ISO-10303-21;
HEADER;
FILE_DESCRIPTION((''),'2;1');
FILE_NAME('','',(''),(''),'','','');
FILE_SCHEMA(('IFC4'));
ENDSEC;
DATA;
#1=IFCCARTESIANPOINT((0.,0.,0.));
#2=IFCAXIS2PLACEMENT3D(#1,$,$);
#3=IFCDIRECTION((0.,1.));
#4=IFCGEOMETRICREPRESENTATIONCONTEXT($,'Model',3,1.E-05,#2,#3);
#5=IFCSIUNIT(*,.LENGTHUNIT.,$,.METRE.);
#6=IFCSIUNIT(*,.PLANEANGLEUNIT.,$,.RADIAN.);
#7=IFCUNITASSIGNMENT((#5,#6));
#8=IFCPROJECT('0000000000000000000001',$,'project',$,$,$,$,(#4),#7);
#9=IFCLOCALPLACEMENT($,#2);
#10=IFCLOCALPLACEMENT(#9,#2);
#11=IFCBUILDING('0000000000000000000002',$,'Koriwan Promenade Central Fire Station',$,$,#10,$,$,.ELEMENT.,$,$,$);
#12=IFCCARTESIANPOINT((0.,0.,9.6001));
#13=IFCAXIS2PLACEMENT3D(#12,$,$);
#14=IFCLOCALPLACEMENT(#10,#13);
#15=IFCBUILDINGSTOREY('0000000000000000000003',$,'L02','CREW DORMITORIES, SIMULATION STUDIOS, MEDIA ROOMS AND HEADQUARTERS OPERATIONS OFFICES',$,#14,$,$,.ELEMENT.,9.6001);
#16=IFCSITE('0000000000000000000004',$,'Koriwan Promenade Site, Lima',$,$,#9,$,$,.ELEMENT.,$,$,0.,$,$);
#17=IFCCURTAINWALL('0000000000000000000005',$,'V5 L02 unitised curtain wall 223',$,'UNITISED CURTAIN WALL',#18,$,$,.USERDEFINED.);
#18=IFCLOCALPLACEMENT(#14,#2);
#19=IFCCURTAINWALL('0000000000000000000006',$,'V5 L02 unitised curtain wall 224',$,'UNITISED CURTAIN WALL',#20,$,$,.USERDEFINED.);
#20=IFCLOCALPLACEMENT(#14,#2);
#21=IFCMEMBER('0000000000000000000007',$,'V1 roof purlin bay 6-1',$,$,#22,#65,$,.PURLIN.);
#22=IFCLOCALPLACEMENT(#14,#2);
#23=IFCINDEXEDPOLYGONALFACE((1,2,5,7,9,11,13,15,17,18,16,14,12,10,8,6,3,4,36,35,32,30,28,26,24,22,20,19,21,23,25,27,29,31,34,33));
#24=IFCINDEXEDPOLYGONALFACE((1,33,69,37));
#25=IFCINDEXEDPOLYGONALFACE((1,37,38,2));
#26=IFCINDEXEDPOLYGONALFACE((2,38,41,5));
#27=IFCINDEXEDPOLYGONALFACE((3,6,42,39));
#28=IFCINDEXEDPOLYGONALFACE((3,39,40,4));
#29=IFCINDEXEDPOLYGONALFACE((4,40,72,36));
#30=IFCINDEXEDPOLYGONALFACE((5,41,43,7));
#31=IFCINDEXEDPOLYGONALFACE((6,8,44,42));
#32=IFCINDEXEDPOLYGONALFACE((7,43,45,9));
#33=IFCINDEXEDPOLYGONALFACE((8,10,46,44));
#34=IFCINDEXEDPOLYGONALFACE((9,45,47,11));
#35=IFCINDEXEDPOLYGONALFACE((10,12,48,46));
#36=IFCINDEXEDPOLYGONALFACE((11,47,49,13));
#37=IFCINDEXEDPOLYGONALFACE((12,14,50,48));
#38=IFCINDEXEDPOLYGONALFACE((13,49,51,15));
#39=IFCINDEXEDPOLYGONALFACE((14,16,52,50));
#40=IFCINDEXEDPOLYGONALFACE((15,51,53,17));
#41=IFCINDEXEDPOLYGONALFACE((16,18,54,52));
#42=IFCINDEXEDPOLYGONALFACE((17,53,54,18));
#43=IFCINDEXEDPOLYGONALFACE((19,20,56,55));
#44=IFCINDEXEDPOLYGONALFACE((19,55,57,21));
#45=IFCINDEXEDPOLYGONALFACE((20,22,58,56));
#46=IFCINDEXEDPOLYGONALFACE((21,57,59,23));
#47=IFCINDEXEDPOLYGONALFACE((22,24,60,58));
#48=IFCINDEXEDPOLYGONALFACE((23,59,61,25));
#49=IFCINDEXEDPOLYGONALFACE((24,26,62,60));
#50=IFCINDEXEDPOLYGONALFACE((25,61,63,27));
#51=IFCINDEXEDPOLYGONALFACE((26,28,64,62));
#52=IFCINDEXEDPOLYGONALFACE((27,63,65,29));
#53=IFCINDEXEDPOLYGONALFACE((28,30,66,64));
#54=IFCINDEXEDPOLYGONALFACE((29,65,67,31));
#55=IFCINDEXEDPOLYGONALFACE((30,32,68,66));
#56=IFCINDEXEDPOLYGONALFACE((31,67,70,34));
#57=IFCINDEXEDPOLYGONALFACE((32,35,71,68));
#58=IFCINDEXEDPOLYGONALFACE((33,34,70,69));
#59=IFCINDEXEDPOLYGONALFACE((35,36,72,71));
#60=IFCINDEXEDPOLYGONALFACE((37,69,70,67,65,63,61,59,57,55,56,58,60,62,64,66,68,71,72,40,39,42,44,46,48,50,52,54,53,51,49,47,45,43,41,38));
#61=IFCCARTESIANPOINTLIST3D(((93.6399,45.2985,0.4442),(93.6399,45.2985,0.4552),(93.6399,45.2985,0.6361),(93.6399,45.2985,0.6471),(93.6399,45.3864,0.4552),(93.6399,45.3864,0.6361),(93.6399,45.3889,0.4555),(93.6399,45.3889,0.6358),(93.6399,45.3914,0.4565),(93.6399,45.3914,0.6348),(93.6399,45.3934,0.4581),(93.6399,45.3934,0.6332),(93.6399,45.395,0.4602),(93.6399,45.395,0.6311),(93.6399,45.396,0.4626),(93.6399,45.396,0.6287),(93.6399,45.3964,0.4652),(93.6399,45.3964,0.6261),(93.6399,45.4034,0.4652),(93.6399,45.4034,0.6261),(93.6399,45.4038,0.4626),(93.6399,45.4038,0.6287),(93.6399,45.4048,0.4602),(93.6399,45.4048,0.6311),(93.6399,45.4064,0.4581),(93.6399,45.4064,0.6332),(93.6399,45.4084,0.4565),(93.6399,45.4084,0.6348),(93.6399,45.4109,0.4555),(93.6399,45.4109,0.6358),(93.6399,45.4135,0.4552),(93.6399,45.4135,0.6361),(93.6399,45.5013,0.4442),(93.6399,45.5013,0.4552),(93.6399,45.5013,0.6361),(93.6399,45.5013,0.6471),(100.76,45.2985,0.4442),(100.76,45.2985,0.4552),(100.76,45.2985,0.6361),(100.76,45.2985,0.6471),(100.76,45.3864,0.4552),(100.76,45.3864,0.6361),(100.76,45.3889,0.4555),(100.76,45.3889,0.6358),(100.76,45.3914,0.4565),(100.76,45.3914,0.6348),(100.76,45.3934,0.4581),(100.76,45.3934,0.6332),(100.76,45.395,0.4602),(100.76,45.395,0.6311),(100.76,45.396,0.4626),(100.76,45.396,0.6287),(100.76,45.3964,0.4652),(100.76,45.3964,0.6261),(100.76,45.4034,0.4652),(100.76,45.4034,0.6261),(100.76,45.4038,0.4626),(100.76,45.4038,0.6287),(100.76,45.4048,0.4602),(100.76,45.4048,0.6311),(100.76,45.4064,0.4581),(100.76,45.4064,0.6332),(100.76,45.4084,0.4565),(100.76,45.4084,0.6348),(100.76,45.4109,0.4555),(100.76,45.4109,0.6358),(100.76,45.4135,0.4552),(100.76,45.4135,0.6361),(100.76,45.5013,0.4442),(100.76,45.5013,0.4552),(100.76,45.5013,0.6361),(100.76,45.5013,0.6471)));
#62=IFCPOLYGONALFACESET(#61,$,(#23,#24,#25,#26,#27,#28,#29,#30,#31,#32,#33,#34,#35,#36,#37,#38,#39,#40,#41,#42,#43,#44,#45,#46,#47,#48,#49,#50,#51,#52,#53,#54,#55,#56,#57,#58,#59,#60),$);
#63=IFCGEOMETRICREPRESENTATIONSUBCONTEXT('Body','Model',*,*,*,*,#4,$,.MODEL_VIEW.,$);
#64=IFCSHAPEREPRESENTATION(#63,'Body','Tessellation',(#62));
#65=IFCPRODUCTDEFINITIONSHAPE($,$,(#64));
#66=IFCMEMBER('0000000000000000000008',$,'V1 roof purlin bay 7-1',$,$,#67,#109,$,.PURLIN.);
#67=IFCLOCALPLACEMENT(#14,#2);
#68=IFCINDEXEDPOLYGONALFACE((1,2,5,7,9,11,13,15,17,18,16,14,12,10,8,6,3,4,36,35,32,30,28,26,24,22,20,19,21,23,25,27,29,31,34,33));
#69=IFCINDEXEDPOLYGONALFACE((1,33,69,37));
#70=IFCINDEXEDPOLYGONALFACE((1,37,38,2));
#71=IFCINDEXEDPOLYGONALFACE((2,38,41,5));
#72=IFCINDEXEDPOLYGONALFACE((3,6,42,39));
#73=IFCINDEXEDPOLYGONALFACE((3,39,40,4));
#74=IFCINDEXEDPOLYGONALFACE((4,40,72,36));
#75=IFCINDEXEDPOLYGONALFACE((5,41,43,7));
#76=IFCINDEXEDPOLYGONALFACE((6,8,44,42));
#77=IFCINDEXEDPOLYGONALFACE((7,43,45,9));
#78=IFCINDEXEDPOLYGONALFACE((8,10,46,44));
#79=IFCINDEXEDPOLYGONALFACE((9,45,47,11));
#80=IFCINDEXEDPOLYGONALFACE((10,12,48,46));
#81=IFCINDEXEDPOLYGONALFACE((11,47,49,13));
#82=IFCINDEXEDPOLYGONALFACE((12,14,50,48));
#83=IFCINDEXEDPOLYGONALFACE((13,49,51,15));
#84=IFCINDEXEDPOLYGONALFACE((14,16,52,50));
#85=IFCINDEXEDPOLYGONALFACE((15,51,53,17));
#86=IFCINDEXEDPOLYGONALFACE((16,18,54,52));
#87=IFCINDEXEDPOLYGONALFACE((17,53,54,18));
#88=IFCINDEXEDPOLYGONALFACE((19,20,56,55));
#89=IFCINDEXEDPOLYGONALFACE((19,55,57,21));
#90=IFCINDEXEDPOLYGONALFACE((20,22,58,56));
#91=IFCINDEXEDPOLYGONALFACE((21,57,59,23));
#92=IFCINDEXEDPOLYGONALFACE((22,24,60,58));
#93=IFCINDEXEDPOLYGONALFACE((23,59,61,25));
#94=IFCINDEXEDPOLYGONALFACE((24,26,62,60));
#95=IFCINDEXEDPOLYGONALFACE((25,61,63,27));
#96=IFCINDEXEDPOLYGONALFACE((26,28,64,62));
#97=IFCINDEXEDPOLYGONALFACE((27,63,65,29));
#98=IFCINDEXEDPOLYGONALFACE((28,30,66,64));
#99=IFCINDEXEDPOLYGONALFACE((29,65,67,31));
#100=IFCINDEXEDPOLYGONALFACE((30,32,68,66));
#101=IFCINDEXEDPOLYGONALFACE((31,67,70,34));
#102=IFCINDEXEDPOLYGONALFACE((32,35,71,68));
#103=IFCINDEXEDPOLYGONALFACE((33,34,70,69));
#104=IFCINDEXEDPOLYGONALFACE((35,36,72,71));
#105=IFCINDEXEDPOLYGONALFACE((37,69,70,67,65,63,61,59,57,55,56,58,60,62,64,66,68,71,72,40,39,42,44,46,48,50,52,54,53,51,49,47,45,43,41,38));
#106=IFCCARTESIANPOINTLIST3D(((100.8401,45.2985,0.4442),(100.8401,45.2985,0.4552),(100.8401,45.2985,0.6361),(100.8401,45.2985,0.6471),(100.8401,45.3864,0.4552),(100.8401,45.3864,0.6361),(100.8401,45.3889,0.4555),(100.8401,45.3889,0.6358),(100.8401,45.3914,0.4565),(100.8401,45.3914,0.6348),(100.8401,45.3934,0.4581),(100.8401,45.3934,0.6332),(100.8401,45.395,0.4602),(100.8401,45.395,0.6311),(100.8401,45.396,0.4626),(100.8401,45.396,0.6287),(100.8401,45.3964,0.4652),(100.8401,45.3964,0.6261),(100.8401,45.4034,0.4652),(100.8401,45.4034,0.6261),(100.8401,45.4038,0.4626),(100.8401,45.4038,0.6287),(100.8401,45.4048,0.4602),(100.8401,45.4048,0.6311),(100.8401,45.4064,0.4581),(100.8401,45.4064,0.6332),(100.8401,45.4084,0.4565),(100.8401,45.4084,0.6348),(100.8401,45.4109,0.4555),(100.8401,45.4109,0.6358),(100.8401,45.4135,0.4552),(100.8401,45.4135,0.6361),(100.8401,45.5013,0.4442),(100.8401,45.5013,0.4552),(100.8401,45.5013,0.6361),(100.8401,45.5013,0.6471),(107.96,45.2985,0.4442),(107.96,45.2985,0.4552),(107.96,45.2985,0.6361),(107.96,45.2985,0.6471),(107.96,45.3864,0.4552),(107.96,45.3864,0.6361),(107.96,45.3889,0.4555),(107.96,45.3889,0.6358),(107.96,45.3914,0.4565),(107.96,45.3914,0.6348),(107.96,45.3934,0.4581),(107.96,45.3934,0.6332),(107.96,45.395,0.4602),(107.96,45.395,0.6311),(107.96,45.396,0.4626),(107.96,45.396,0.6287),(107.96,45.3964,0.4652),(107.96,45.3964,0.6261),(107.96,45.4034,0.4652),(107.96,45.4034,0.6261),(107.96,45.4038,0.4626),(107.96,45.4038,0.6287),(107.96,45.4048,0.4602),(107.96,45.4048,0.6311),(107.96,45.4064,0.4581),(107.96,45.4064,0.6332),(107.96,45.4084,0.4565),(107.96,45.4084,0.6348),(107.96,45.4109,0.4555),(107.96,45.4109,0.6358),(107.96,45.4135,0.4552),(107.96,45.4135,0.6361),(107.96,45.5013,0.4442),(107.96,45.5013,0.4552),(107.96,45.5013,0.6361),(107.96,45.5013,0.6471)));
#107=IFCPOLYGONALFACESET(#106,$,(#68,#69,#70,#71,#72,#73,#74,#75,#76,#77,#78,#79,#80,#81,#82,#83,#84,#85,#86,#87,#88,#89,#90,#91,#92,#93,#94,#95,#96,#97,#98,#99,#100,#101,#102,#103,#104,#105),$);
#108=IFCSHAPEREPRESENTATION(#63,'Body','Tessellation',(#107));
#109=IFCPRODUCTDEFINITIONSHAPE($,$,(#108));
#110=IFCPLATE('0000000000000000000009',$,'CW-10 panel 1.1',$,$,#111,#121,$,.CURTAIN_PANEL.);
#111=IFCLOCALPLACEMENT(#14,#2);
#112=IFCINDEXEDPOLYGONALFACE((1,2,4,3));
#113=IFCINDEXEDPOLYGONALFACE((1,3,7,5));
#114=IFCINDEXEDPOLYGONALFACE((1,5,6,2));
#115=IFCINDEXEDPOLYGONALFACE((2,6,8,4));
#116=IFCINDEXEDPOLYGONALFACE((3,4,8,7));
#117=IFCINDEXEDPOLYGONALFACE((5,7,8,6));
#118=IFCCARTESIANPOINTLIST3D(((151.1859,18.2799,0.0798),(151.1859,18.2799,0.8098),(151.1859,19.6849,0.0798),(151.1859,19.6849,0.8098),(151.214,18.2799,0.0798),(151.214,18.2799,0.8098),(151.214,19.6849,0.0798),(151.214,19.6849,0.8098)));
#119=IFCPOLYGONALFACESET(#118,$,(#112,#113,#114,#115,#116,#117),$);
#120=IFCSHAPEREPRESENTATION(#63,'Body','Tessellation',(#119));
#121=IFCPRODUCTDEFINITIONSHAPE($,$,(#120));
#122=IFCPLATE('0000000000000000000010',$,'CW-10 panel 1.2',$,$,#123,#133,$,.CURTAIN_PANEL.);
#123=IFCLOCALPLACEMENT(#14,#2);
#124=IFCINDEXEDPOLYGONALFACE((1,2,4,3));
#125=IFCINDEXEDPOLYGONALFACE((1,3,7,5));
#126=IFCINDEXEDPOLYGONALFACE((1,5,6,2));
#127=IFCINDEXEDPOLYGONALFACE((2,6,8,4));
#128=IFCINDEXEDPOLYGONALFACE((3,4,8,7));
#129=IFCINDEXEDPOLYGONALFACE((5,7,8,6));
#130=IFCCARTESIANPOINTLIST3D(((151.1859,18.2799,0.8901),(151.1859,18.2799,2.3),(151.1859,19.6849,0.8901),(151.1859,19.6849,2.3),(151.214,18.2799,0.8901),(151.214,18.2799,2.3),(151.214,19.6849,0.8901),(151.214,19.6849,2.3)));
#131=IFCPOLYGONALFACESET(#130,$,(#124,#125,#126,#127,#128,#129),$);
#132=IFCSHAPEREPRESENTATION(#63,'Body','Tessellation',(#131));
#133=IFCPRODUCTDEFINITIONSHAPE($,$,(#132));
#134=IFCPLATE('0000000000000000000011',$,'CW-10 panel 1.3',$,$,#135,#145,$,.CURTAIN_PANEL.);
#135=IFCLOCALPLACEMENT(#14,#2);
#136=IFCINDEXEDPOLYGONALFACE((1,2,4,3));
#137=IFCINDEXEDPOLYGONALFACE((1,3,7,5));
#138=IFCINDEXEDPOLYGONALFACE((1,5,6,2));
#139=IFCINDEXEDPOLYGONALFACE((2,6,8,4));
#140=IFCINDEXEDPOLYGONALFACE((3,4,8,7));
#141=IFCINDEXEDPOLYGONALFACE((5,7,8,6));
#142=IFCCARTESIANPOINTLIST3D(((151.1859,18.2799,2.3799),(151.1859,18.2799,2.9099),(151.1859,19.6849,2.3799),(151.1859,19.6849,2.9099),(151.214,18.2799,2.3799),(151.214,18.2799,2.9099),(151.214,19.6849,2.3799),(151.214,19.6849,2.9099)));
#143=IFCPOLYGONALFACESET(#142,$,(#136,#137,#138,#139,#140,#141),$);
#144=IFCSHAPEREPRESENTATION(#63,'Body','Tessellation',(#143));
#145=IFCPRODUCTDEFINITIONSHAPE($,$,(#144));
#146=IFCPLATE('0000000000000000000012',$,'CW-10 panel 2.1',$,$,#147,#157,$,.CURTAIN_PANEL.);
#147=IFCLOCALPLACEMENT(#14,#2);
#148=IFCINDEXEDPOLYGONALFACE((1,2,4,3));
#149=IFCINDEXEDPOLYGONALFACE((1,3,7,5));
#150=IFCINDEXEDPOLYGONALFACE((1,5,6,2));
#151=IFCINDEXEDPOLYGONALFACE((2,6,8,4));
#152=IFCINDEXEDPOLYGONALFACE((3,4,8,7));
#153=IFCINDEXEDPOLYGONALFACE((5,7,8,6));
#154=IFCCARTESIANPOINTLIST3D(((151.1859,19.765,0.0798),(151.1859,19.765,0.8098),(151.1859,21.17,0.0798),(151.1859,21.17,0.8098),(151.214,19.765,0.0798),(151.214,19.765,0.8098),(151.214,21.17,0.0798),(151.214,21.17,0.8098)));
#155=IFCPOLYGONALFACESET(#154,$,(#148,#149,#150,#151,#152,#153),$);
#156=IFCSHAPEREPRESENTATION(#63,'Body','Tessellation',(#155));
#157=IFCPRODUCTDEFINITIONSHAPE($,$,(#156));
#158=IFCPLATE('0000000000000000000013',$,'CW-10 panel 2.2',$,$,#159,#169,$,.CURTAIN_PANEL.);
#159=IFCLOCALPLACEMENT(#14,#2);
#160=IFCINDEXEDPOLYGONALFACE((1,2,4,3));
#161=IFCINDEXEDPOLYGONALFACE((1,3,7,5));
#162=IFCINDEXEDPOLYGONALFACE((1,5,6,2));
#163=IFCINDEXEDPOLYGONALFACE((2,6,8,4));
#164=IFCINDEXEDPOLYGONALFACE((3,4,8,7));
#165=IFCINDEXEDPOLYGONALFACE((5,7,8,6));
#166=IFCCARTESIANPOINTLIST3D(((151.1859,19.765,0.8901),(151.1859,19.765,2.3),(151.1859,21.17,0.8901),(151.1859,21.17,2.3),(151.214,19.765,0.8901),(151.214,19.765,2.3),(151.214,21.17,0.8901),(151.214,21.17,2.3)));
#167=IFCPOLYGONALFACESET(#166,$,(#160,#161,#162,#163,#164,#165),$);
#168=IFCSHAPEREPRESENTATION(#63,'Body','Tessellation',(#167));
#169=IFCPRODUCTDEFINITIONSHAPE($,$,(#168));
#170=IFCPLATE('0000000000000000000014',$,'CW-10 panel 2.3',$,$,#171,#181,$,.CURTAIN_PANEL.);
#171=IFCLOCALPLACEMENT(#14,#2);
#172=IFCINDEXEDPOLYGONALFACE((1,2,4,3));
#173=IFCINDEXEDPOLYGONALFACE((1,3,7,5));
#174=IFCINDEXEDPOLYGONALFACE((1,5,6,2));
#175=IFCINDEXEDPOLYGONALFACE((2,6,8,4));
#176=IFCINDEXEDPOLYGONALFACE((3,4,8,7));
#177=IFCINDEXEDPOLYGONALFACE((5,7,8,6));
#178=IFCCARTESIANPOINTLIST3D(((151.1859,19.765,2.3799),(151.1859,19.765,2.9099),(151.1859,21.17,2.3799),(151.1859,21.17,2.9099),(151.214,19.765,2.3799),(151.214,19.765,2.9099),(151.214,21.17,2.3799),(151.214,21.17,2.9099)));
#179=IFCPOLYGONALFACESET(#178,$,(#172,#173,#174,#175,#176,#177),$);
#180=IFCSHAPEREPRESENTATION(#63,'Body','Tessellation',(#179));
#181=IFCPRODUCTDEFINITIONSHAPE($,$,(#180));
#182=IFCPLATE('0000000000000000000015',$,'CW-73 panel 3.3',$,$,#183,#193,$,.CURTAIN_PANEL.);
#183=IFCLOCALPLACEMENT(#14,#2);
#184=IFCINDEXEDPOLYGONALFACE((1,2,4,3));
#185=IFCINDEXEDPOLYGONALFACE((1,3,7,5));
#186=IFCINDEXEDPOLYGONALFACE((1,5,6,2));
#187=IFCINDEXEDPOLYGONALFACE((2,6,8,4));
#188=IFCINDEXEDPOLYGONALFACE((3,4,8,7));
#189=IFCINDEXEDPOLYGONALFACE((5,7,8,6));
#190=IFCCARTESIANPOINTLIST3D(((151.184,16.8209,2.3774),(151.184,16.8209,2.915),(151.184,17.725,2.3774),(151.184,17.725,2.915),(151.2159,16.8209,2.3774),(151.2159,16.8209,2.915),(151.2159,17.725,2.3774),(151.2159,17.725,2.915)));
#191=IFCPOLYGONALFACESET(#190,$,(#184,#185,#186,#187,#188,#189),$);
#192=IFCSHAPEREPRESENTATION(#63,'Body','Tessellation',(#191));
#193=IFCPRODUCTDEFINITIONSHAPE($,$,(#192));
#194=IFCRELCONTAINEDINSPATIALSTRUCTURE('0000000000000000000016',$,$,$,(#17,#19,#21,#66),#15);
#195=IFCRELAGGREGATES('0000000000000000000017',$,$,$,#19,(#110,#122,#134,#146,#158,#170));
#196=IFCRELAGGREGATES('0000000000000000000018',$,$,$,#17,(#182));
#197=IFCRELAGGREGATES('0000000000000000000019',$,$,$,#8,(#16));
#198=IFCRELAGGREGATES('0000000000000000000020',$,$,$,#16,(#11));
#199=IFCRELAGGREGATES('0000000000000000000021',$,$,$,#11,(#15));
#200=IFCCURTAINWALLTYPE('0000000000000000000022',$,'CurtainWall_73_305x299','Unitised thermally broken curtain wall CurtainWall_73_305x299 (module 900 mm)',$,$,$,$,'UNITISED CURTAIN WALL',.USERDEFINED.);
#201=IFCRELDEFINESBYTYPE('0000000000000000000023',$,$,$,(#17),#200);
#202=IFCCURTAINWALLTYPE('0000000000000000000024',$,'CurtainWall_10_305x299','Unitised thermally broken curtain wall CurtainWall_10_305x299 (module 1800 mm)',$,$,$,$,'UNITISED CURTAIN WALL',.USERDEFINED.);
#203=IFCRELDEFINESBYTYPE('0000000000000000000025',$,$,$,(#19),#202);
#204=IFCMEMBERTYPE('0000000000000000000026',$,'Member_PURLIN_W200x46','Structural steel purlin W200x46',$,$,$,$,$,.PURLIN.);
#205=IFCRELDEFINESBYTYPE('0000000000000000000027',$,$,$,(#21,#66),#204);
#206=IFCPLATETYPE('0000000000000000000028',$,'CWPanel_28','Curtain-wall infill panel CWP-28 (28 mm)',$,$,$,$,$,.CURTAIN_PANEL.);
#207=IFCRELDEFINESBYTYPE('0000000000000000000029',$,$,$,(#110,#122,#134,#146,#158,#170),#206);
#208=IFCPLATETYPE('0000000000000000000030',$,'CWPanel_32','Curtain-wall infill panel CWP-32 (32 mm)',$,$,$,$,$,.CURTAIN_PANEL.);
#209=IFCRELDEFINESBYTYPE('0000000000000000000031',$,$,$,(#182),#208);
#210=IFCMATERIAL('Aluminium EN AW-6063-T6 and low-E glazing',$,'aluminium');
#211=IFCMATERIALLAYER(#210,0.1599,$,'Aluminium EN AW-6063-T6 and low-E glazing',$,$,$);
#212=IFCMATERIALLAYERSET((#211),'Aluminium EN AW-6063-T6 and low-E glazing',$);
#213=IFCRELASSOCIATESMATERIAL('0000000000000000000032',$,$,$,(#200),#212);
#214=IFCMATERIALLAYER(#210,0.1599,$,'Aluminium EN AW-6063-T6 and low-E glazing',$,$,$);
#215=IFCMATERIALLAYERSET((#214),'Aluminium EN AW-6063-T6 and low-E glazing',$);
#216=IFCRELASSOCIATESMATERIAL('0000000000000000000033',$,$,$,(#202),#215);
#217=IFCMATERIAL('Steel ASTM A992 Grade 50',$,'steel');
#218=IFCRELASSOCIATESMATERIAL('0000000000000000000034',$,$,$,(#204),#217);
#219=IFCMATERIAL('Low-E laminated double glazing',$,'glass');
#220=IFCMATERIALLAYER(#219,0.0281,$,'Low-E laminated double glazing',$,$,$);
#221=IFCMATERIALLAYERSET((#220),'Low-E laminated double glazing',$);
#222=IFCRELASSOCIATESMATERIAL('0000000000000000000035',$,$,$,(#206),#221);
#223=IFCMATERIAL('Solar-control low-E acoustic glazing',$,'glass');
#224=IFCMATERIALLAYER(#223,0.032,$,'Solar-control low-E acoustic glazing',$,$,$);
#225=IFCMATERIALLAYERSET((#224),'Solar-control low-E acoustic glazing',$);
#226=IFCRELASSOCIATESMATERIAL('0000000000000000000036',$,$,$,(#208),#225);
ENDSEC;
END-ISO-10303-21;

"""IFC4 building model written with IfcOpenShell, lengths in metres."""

from ifc_helpers import new_model, si_unit, direction, frame, origin, origin_2d, place, context, subcontext, project, spatial, rectangle, i_section, extrude, material, layer, layer_set, material_profile, profile_set, type_object, element, aggregate, save


model = new_model("IFC4")

# Units and contexts
model_context = context("Model", 3, precision=1e-05, world=origin(), true_north=direction((0.0, 1.0)))
body_context = subcontext(model_context, "Body", "Model", "MODEL_VIEW")
ifc_project = project(units=[si_unit("LENGTHUNIT", "METRE"), si_unit("PLANEANGLEUNIT", "RADIAN")], contexts=[model_context])

# Site, building, storey
site_placement = place(None, origin())
site = spatial("IfcSite", under=ifc_project, at=site_placement, Name="Koriwan Promenade Site, Lima", CompositionType="ELEMENT", RefElevation=0.0)
building_placement = place(site_placement, origin())
building = spatial("IfcBuilding", under=site, at=building_placement, Name="Koriwan Promenade Central Fire Station", CompositionType="ELEMENT")
storey_placement = place(building_placement, frame((0.0, 0.0, 9.6001)))
storey = spatial("IfcBuildingStorey", under=building, at=storey_placement, Name="L02", Description="CREW DORMITORIES, SIMULATION STUDIOS, MEDIA ROOMS AND HEADQUARTERS OPERATIONS OFFICES", CompositionType="ELEMENT", Elevation=9.6001)

# Curtain wall
ifc_material_1 = material(Name="Aluminium EN AW-6063-T6 and low-E glazing", Category="aluminium")
ifc_layer_1 = layer(ifc_material_1, 0.1599, Name="Aluminium EN AW-6063-T6 and low-E glazing")
ifc_layer_set_1 = layer_set([ifc_layer_1], Name="Aluminium EN AW-6063-T6 and low-E glazing")
curtain_wall_type_1 = type_object("IfcCurtainWallType", Name="CurtainWall_73_305x299", Description="Unitised thermally broken curtain wall CurtainWall_73_305x299 (module 900 mm)", ElementType="UNITISED CURTAIN WALL", PredefinedType="USERDEFINED", material=ifc_layer_set_1)
curtain_wall_1_placement = place(storey_placement, origin())
curtain_wall_1 = element("IfcCurtainWall", 1, at=curtain_wall_1_placement, inside=storey, type_object=curtain_wall_type_1, Name="V5 L02 unitised curtain wall 223", ObjectType="UNITISED CURTAIN WALL", PredefinedType="USERDEFINED")

# Curtain wall
ifc_layer_2 = layer(ifc_material_1, 0.1599, Name="Aluminium EN AW-6063-T6 and low-E glazing")
ifc_layer_set_2 = layer_set([ifc_layer_2], Name="Aluminium EN AW-6063-T6 and low-E glazing")
curtain_wall_type_2 = type_object("IfcCurtainWallType", Name="CurtainWall_10_305x299", Description="Unitised thermally broken curtain wall CurtainWall_10_305x299 (module 1800 mm)", ElementType="UNITISED CURTAIN WALL", PredefinedType="USERDEFINED", material=ifc_layer_set_2)
curtain_wall_2_placement = place(storey_placement, origin())
curtain_wall_2 = element("IfcCurtainWall", 2, at=curtain_wall_2_placement, inside=storey, type_object=curtain_wall_type_2, Name="V5 L02 unitised curtain wall 224", ObjectType="UNITISED CURTAIN WALL", PredefinedType="USERDEFINED")

# Members
ifc_material_2 = material(Name="Steel ASTM A992 Grade 50", Category="steel")
ifc_material_profile_1 = material_profile(ifc_material_2, i_section(OverallWidth=0.2029, OverallDepth=0.2029, WebThickness=0.0071, FlangeThickness=0.011, FilletRadius=0.01, at=origin_2d()), Name="W200x46")
ifc_profile_set_1 = profile_set([ifc_material_profile_1], Name="Steel ASTM A992 Grade 50")
member_type_1 = type_object("IfcMemberType", Name="Member_PURLIN_W200x46", Description="Structural steel purlin W200x46", PredefinedType="PURLIN", material=ifc_profile_set_1)
member_1_placement = place(storey_placement, frame((93.6399, 45.3999, 0.5457), z_axis=(1.0, 0.0, 0.0), x_axis=(0.0, 1.0, 0.0)))
element("IfcMember", 3, at=member_1_placement, inside=storey, type_object=member_type_1, Name="V1 roof purlin bay 6-1", PredefinedType="PURLIN", context=body_context, shape_type="SweptSolid", body=[
    extrude(i_section(OverallWidth=0.2029, OverallDepth=0.2029, WebThickness=0.0071, FlangeThickness=0.011, FilletRadius=0.01, at=origin_2d()), origin(), (0.0, 0.0, 1.0), 7.1201),
])
member_2_placement = place(storey_placement, frame((100.8401, 45.3999, 0.5457), z_axis=(1.0, 0.0, 0.0), x_axis=(0.0, 1.0, 0.0)))
element("IfcMember", 4, at=member_2_placement, inside=storey, type_object=member_type_1, Name="V1 roof purlin bay 7-1", PredefinedType="PURLIN", context=body_context, shape_type="SweptSolid", body=[
    extrude(i_section(OverallWidth=0.2029, OverallDepth=0.2029, WebThickness=0.0071, FlangeThickness=0.011, FilletRadius=0.01, at=origin_2d()), origin(), (0.0, 0.0, 1.0), 7.1199),
])

# Plates
ifc_material_3 = material(Name="Low-E laminated double glazing", Category="glass")
ifc_layer_3 = layer(ifc_material_3, 0.0281, Name="Low-E laminated double glazing")
ifc_layer_set_3 = layer_set([ifc_layer_3], Name="Low-E laminated double glazing")
plate_type_1 = type_object("IfcPlateType", Name="CWPanel_28", Description="Curtain-wall infill panel CWP-28 (28 mm)", PredefinedType="CURTAIN_PANEL", material=ifc_layer_set_3)
plate_1_placement = place(storey_placement, frame((151.2, 18.9824, 0.0798), z_axis=(0.0, 0.0, 1.0), x_axis=(0.0, 1.0, 0.0)))
plate_1 = element("IfcPlate", 5, at=plate_1_placement, type_object=plate_type_1, Name="CW-10 panel 1.1", PredefinedType="CURTAIN_PANEL", context=body_context, shape_type="SweptSolid", body=[
    extrude(rectangle(XDim=1.405, YDim=0.0281, at=origin_2d()), origin(), (0.0, 0.0, 1.0), 0.73),
])
plate_2_placement = place(storey_placement, frame((151.2, 18.9824, 0.8901), z_axis=(0.0, 0.0, 1.0), x_axis=(0.0, 1.0, 0.0)))
plate_2 = element("IfcPlate", 6, at=plate_2_placement, type_object=plate_type_1, Name="CW-10 panel 1.2", PredefinedType="CURTAIN_PANEL", context=body_context, shape_type="SweptSolid", body=[
    extrude(rectangle(XDim=1.405, YDim=0.0281, at=origin_2d()), origin(), (0.0, 0.0, 1.0), 1.4099),
])
plate_3_placement = place(storey_placement, frame((151.2, 18.9824, 2.3799), z_axis=(0.0, 0.0, 1.0), x_axis=(0.0, 1.0, 0.0)))
plate_3 = element("IfcPlate", 7, at=plate_3_placement, type_object=plate_type_1, Name="CW-10 panel 1.3", PredefinedType="CURTAIN_PANEL", context=body_context, shape_type="SweptSolid", body=[
    extrude(rectangle(XDim=1.405, YDim=0.0281, at=origin_2d()), origin(), (0.0, 0.0, 1.0), 0.53),
])
plate_4_placement = place(storey_placement, frame((151.2, 20.4675, 0.0798), z_axis=(0.0, 0.0, 1.0), x_axis=(0.0, 1.0, 0.0)))
plate_4 = element("IfcPlate", 8, at=plate_4_placement, type_object=plate_type_1, Name="CW-10 panel 2.1", PredefinedType="CURTAIN_PANEL", context=body_context, shape_type="SweptSolid", body=[
    extrude(rectangle(XDim=1.405, YDim=0.0281, at=origin_2d()), origin(), (0.0, 0.0, 1.0), 0.73),
])
plate_5_placement = place(storey_placement, frame((151.2, 20.4675, 0.8901), z_axis=(0.0, 0.0, 1.0), x_axis=(0.0, 1.0, 0.0)))
plate_5 = element("IfcPlate", 9, at=plate_5_placement, type_object=plate_type_1, Name="CW-10 panel 2.2", PredefinedType="CURTAIN_PANEL", context=body_context, shape_type="SweptSolid", body=[
    extrude(rectangle(XDim=1.405, YDim=0.0281, at=origin_2d()), origin(), (0.0, 0.0, 1.0), 1.4099),
])
plate_6_placement = place(storey_placement, frame((151.2, 20.4675, 2.3799), z_axis=(0.0, 0.0, 1.0), x_axis=(0.0, 1.0, 0.0)))
plate_6 = element("IfcPlate", 10, at=plate_6_placement, type_object=plate_type_1, Name="CW-10 panel 2.3", PredefinedType="CURTAIN_PANEL", context=body_context, shape_type="SweptSolid", body=[
    extrude(rectangle(XDim=1.405, YDim=0.0281, at=origin_2d()), origin(), (0.0, 0.0, 1.0), 0.53),
])
aggregate(curtain_wall_2, [plate_1, plate_2, plate_3, plate_4, plate_5, plate_6])
ifc_material_4 = material(Name="Solar-control low-E acoustic glazing", Category="glass")
ifc_layer_4 = layer(ifc_material_4, 0.032, Name="Solar-control low-E acoustic glazing")
ifc_layer_set_4 = layer_set([ifc_layer_4], Name="Solar-control low-E acoustic glazing")
plate_type_2 = type_object("IfcPlateType", Name="CWPanel_32", Description="Curtain-wall infill panel CWP-32 (32 mm)", PredefinedType="CURTAIN_PANEL", material=ifc_layer_set_4)
plate_7_placement = place(storey_placement, frame((151.2, 17.2729, 2.3774), z_axis=(0.0, 0.0, 1.0), x_axis=(0.0, 1.0, 0.0)))
plate_7 = element("IfcPlate", 11, at=plate_7_placement, type_object=plate_type_2, Name="CW-73 panel 3.3", PredefinedType="CURTAIN_PANEL", context=body_context, shape_type="SweptSolid", body=[
    extrude(rectangle(XDim=0.9041, YDim=0.032, at=origin_2d()), origin(), (0.0, 0.0, 1.0), 0.5376),
])
aggregate(curtain_wall_1, [plate_7])

save(model, "model.ifc")
